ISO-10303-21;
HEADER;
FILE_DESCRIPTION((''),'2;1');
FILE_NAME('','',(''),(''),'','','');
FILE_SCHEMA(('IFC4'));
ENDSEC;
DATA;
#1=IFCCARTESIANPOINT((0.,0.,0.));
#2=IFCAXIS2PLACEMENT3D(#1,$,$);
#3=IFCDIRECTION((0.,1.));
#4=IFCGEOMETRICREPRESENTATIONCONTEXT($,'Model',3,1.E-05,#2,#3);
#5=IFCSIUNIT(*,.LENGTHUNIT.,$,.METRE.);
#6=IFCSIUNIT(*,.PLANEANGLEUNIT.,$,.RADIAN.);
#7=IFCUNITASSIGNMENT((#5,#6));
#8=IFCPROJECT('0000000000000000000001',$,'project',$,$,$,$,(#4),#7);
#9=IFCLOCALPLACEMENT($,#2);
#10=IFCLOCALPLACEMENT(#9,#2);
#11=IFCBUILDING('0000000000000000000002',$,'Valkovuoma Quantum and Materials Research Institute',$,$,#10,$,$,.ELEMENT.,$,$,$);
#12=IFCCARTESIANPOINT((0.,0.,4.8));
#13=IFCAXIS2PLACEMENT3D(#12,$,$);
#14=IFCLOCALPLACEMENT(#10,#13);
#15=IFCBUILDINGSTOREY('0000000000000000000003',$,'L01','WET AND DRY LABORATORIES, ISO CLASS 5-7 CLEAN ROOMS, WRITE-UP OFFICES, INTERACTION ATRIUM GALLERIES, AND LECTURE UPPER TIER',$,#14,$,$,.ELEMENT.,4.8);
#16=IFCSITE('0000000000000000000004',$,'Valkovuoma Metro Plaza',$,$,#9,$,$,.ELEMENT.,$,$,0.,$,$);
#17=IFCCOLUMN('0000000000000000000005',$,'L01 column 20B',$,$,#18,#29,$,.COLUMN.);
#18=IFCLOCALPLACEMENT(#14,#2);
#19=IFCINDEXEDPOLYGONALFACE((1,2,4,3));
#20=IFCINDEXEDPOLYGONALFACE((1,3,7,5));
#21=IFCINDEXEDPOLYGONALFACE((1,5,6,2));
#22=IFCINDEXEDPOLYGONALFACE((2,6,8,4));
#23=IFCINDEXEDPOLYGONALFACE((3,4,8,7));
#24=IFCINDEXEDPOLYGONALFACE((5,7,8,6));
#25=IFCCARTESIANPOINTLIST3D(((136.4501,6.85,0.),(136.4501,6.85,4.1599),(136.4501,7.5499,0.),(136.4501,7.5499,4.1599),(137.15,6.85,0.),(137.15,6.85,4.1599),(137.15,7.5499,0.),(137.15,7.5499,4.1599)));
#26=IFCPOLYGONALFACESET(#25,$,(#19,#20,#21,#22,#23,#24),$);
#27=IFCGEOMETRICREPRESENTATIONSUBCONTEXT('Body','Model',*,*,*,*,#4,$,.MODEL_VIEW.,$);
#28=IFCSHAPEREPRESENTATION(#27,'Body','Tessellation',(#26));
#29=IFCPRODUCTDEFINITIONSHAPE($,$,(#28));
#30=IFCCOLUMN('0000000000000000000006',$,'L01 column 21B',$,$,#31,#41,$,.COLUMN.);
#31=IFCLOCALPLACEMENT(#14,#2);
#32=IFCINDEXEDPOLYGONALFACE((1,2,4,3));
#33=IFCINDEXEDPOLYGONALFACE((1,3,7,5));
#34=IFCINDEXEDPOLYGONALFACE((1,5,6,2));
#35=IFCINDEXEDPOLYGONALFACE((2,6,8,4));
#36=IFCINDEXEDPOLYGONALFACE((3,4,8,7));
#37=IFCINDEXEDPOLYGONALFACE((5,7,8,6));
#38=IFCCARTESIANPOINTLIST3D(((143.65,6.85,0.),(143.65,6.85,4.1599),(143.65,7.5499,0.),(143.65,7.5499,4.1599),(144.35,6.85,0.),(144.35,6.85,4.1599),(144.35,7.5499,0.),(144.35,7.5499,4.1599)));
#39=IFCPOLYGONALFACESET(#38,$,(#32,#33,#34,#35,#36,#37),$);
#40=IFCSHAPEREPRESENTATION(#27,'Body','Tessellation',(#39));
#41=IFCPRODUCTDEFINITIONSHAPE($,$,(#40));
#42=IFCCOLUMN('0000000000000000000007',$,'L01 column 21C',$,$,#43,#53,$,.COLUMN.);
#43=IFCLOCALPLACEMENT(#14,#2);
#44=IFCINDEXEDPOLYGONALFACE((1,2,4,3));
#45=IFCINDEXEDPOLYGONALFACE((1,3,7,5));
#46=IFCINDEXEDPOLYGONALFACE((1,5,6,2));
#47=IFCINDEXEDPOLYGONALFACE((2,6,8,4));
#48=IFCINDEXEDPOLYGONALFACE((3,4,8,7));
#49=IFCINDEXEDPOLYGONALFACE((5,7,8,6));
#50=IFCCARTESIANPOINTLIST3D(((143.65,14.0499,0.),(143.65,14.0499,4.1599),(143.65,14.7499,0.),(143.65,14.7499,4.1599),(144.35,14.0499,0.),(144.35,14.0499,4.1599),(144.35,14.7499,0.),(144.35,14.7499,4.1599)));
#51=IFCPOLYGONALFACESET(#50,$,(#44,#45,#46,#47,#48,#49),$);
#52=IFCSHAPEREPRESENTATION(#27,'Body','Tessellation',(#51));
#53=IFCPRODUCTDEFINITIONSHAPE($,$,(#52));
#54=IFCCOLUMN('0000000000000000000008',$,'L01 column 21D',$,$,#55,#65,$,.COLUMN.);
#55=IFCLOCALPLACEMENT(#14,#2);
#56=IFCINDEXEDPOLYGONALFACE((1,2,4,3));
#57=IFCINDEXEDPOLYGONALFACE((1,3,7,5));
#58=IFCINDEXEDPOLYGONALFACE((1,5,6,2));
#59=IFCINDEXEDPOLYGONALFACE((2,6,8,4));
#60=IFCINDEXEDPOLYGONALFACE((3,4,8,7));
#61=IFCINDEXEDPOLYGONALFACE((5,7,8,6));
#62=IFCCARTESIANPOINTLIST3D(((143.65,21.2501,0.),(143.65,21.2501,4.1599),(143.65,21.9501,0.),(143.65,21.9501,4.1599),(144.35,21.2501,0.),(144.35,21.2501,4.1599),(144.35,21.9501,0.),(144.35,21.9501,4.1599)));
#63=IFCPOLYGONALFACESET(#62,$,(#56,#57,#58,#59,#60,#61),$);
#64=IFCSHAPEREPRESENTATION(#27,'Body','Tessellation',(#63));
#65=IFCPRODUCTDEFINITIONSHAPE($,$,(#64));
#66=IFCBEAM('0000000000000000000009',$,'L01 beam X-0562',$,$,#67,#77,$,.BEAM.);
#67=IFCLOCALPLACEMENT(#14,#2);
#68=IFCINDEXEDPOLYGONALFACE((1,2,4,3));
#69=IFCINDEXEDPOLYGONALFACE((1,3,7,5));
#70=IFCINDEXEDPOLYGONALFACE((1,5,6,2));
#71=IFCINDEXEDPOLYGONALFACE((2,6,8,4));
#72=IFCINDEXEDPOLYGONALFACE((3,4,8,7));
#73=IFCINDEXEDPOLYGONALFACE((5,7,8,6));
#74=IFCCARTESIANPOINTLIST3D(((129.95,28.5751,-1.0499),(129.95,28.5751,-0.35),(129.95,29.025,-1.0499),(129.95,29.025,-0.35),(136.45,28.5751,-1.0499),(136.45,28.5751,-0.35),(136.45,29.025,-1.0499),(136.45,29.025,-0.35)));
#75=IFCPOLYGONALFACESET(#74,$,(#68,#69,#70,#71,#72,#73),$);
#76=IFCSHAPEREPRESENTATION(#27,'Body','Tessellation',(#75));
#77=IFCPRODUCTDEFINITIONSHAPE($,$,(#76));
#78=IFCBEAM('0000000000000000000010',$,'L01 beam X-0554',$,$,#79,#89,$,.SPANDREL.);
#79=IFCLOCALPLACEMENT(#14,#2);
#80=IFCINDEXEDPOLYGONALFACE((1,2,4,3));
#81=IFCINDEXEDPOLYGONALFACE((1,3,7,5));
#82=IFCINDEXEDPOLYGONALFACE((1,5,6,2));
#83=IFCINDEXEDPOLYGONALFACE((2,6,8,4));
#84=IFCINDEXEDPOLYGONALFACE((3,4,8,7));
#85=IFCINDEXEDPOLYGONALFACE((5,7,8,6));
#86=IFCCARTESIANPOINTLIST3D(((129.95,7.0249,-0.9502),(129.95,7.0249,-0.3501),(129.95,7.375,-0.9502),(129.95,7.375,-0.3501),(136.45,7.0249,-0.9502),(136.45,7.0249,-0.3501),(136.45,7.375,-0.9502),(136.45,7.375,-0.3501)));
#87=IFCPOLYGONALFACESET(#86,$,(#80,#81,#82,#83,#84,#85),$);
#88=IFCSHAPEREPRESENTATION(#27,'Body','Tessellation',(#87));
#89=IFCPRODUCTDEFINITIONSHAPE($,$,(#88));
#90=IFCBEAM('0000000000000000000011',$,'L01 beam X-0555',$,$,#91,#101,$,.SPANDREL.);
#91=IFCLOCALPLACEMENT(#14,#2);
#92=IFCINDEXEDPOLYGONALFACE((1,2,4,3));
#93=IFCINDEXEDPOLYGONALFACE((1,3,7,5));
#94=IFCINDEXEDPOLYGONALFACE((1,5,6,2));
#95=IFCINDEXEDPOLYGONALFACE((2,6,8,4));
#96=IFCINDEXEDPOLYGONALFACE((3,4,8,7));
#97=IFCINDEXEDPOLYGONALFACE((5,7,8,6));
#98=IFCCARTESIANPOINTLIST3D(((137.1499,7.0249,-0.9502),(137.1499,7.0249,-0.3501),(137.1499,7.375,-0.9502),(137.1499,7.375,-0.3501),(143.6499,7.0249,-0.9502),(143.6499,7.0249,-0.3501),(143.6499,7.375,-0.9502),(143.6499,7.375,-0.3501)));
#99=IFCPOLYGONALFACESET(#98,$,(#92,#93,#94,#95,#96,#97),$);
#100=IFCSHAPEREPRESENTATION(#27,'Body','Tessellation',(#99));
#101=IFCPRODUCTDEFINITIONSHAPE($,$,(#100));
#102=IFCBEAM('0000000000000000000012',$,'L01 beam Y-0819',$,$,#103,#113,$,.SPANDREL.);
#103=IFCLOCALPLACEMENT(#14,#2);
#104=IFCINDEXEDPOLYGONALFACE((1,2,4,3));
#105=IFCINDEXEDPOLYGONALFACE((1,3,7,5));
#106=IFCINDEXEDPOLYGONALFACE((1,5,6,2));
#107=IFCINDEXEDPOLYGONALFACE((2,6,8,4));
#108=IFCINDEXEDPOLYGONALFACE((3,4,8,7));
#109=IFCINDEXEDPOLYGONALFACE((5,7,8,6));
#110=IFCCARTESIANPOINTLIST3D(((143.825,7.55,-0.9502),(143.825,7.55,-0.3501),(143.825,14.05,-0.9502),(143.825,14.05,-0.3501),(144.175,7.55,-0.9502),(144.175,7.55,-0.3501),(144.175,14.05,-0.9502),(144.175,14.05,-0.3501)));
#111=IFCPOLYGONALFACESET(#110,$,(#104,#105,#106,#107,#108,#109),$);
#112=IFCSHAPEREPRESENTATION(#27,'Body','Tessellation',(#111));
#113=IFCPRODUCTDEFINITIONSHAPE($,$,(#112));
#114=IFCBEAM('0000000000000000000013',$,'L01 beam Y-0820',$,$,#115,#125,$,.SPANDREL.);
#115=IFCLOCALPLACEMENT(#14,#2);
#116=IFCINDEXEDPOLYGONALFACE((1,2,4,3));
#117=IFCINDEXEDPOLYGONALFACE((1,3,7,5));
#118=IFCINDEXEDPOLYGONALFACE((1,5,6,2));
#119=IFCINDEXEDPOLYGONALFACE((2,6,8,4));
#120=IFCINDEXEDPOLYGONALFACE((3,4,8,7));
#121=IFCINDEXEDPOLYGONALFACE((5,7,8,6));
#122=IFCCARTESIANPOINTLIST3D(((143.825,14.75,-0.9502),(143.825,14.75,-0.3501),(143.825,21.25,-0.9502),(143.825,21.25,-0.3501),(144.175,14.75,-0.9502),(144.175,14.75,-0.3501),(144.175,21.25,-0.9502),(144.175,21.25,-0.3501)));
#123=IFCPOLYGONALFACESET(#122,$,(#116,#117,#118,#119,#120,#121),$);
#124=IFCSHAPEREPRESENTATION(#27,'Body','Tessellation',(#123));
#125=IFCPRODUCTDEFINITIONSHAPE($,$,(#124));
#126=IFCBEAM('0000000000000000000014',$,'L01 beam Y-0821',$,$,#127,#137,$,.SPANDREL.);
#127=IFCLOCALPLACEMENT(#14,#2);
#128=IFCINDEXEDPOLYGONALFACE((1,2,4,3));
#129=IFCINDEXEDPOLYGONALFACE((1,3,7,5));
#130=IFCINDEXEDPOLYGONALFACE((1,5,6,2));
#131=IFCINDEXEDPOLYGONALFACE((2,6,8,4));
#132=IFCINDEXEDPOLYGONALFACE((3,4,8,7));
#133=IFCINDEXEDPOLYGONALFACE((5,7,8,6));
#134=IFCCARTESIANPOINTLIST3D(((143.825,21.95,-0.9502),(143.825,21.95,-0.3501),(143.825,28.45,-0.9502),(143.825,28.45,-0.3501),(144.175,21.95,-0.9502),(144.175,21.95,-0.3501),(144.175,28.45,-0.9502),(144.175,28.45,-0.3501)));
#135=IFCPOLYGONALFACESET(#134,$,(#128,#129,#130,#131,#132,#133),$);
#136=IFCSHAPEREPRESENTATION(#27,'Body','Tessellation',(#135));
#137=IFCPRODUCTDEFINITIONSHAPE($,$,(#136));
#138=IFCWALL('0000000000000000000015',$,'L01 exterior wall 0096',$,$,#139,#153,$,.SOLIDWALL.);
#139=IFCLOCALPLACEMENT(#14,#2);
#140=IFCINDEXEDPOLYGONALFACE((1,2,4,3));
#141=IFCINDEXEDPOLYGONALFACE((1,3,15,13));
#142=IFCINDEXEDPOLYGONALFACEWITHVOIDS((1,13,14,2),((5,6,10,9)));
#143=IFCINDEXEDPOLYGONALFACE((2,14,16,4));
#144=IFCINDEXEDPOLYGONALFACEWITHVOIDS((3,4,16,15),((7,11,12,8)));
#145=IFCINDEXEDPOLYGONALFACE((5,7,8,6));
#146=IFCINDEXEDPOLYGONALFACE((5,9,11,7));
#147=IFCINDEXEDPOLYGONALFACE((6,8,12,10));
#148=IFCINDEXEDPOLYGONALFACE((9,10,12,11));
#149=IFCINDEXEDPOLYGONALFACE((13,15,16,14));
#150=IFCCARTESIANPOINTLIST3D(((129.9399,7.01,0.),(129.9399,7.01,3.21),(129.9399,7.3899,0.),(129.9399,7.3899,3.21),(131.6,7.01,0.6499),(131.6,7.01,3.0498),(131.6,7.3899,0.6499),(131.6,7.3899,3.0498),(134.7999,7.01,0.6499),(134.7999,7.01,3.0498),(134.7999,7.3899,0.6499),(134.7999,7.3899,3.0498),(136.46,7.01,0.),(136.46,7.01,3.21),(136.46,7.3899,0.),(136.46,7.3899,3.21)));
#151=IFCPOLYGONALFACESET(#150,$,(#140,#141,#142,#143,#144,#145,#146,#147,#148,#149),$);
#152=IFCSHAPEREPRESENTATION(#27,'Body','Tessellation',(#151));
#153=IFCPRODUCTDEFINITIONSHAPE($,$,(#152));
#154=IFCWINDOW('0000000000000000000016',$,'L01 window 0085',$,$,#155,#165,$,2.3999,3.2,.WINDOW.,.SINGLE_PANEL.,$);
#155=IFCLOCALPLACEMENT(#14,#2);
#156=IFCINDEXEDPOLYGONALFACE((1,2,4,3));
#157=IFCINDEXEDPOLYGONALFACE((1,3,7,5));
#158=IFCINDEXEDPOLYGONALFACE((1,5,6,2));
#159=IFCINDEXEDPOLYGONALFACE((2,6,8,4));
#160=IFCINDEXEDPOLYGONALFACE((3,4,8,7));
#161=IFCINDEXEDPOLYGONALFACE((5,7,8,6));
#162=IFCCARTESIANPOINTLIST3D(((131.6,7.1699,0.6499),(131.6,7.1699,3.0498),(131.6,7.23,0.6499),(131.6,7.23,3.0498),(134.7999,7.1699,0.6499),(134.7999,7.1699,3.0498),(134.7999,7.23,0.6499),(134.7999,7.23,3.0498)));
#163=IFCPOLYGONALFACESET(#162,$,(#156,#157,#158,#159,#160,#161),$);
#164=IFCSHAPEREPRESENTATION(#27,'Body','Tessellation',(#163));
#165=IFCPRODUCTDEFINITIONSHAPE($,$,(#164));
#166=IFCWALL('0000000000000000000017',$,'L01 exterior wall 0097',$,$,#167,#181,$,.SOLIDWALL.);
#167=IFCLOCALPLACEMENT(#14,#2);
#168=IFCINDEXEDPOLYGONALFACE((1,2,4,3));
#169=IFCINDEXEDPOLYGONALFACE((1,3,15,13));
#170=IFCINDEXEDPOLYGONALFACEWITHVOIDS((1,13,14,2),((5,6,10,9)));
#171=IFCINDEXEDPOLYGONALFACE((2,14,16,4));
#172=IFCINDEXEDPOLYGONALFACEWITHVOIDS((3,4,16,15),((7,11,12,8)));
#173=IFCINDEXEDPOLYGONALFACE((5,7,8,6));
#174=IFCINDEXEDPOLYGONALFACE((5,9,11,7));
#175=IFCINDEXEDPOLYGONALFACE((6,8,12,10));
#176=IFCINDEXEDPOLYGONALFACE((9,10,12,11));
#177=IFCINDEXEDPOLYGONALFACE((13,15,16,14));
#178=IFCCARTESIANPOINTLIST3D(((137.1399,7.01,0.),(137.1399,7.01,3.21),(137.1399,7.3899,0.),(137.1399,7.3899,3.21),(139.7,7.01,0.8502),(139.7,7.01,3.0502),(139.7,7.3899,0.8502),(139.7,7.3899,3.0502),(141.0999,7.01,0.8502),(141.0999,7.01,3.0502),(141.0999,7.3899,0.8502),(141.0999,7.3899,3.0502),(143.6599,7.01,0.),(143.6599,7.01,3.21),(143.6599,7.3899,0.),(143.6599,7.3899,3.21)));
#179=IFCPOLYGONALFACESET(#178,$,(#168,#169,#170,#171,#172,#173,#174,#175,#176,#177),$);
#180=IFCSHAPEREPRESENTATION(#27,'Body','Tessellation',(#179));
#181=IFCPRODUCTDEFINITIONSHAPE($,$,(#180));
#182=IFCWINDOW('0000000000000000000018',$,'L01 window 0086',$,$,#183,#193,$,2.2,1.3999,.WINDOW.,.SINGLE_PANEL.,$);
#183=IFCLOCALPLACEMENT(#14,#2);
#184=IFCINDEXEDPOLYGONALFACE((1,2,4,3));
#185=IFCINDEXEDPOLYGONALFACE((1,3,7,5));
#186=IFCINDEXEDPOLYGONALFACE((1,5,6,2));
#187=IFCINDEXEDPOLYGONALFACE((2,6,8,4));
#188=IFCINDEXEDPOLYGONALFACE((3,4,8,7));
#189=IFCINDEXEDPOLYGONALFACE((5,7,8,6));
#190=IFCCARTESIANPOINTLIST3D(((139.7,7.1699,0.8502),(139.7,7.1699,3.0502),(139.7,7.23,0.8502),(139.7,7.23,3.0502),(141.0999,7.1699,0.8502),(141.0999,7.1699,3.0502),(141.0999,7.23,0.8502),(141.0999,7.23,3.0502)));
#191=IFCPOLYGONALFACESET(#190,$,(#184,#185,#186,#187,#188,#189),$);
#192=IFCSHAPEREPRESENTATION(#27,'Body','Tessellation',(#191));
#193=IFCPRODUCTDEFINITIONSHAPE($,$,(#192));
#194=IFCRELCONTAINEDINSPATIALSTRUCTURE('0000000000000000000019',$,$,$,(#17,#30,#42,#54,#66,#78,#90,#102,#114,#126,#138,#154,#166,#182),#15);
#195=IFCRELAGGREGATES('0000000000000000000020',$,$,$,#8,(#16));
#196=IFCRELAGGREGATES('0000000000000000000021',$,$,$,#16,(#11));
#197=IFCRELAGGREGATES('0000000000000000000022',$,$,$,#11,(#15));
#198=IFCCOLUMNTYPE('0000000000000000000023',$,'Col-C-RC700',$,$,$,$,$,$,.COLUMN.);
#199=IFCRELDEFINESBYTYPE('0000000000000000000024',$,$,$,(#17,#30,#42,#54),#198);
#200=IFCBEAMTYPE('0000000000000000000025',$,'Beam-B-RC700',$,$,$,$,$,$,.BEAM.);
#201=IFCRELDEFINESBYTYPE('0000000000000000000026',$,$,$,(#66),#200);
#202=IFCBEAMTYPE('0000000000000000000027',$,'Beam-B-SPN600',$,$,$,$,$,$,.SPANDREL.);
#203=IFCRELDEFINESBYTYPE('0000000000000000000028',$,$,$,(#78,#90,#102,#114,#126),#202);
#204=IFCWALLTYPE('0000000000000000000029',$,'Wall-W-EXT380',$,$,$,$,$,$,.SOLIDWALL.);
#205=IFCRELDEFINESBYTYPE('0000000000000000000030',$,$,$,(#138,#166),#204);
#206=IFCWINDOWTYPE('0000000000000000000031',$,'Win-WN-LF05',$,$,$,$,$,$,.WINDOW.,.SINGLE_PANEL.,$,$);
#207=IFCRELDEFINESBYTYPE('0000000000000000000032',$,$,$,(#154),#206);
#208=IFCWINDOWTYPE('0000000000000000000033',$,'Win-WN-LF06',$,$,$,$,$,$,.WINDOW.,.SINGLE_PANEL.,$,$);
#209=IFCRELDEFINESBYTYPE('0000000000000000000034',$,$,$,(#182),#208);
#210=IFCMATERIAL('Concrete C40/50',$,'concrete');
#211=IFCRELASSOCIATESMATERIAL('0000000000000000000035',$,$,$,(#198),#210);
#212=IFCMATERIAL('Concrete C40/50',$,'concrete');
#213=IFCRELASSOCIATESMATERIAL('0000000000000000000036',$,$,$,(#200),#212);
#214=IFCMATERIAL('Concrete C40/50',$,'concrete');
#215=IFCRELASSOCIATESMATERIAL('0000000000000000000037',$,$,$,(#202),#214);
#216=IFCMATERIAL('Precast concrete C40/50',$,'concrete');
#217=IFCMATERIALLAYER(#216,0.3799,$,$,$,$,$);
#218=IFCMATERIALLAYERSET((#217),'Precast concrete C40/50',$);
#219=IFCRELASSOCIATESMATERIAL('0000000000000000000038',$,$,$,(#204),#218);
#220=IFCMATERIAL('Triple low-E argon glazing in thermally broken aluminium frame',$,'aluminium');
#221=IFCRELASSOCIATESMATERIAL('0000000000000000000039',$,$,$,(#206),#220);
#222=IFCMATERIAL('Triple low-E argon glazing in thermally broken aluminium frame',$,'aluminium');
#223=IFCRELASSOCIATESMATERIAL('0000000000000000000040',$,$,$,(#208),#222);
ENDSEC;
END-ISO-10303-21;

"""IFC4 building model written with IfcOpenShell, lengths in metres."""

from ifc_helpers import new_model, si_unit, direction, frame, frame_2d, origin, origin_2d, place, context, subcontext, project, spatial, rectangle, extrude, material, layer, layer_set, material_profile, profile_set, type_object, element, fill, save


model = new_model("IFC4")

# Units and contexts
model_context = context("Model", 3, precision=1e-05, world=origin(), true_north=direction((0.0, 1.0)))
body_context = subcontext(model_context, "Body", "Model", "MODEL_VIEW")
ifc_project = project(units=[si_unit("LENGTHUNIT", "METRE"), si_unit("PLANEANGLEUNIT", "RADIAN")], contexts=[model_context])

# Site, building, storey
site_placement = place(None, origin())
site = spatial("IfcSite", under=ifc_project, at=site_placement, Name="Valkovuoma Metro Plaza", CompositionType="ELEMENT", RefElevation=0.0)
building_placement = place(site_placement, origin())
building = spatial("IfcBuilding", under=site, at=building_placement, Name="Valkovuoma Quantum and Materials Research Institute", CompositionType="ELEMENT")
storey_placement = place(building_placement, frame((0.0, 0.0, 4.8)))
storey = spatial("IfcBuildingStorey", under=building, at=storey_placement, Name="L01", Description="WET AND DRY LABORATORIES, ISO CLASS 5-7 CLEAN ROOMS, WRITE-UP OFFICES, INTERACTION ATRIUM GALLERIES, AND LECTURE UPPER TIER", CompositionType="ELEMENT", Elevation=4.8)

# Columns
ifc_material_1 = material(Name="Concrete C40/50", Category="concrete")
ifc_material_profile_1 = material_profile(ifc_material_1, rectangle(XDim=0.7, YDim=0.7, at=origin_2d()), Name="Concrete C40/50")
ifc_profile_set_1 = profile_set([ifc_material_profile_1], Name="Concrete C40/50")
column_type = type_object("IfcColumnType", Name="Col-C-RC700", PredefinedType="COLUMN", material=ifc_profile_set_1)
for number, where, z_axis, x_axis, name in (
    (1, (136.8, 7.2, 0.0), (0.0, 0.0, 1.0), (1.0, 0.0, 0.0), "L01 column 20B"),
    (2, (144.0, 7.2, 0.0), (0.0, 0.0, 1.0), (1.0, 0.0, 0.0), "L01 column 21B"),
    (3, (144.0, 14.3999, 0.0), (0.0, 0.0, 1.0), (1.0, 0.0, 0.0), "L01 column 21C"),
    (4, (144.0, 21.6001, 0.0), (0.0, 0.0, 1.0), (1.0, 0.0, 0.0), "L01 column 21D"),
):
    element("IfcColumn", number, at=place(storey_placement, frame(where, z_axis=z_axis, x_axis=x_axis)), inside=storey, type_object=column_type, Name=name, PredefinedType="COLUMN", context=body_context, shape_type="SweptSolid", body=[
        extrude(rectangle(XDim=0.7, YDim=0.7, at=origin_2d()), origin(), (0.0, 0.0, 1.0), 4.1599),
    ])

# Beams
ifc_material_2 = material(Name="Concrete C40/50", Category="concrete")
ifc_material_profile_2 = material_profile(ifc_material_2, rectangle(XDim=0.45, YDim=0.7, at=origin_2d()), Name="Concrete C40/50")
ifc_profile_set_2 = profile_set([ifc_material_profile_2], Name="Concrete C40/50")
beam_type_1 = type_object("IfcBeamType", Name="Beam-B-RC700", PredefinedType="BEAM", material=ifc_profile_set_2)
beam_placement = place(storey_placement, frame((129.95, 28.8, -0.7), z_axis=(1.0, 0.0, 0.0), x_axis=(0.0, 1.0, 0.0)))
element("IfcBeam", 5, at=beam_placement, inside=storey, type_object=beam_type_1, Name="L01 beam X-0562", PredefinedType="BEAM", context=body_context, shape_type="SweptSolid", body=[
    extrude(rectangle(XDim=0.45, YDim=0.7, at=origin_2d()), origin(), (0.0, 0.0, 1.0), 6.5),
])
ifc_material_3 = material(Name="Concrete C40/50", Category="concrete")
ifc_material_profile_3 = material_profile(ifc_material_3, rectangle(XDim=0.3501, YDim=0.6001, at=origin_2d()), Name="Concrete C40/50")
ifc_profile_set_3 = profile_set([ifc_material_profile_3], Name="Concrete C40/50")
beam_type_2 = type_object("IfcBeamType", Name="Beam-B-SPN600", PredefinedType="SPANDREL", material=ifc_profile_set_3)
for number, where, z_axis, x_axis, name in (
    (6, (129.95, 7.2, -0.6501), (1.0, 0.0, 0.0), (0.0, 1.0, 0.0), "L01 beam X-0554"),
    (7, (137.1499, 7.2, -0.6501), (1.0, 0.0, 0.0), (0.0, 1.0, 0.0), "L01 beam X-0555"),
    (8, (144.0, 7.55, -0.6501), (0.0, 1.0, 0.0), (-1.0, 0.0, 0.0), "L01 beam Y-0819"),
    (9, (144.0, 14.75, -0.6501), (0.0, 1.0, 0.0), (-1.0, 0.0, 0.0), "L01 beam Y-0820"),
    (10, (144.0, 21.95, -0.6501), (0.0, 1.0, 0.0), (-1.0, 0.0, 0.0), "L01 beam Y-0821"),
):
    element("IfcBeam", number, at=place(storey_placement, frame(where, z_axis=z_axis, x_axis=x_axis)), inside=storey, type_object=beam_type_2, Name=name, PredefinedType="SPANDREL", context=body_context, shape_type="SweptSolid", body=[
        extrude(rectangle(XDim=0.3501, YDim=0.6001, at=origin_2d()), origin(), (0.0, 0.0, 1.0), 6.5),
    ])

# Walls, openings, windows
ifc_material_4 = material(Name="Precast concrete C40/50", Category="concrete")
ifc_layer_1 = layer(ifc_material_4, 0.3799)
ifc_layer_set_1 = layer_set([ifc_layer_1], Name="Precast concrete C40/50")
wall_type_1 = type_object("IfcWallType", Name="Wall-W-EXT380", PredefinedType="SOLIDWALL", material=ifc_layer_set_1)
wall_1_placement = place(storey_placement, frame((129.9399, 7.2, 0.0), z_axis=(0.0, 0.0, 1.0), x_axis=(1.0, 0.0, 0.0)))
wall_1 = element("IfcWall", 11, at=wall_1_placement, inside=storey, type_object=wall_type_1, Name="L01 exterior wall 0096", PredefinedType="SOLIDWALL", context=body_context, shape_type="SweptSolid", body=[
    extrude(rectangle(XDim=6.52, YDim=0.3799, at=frame_2d((3.26, 0.0))), origin(), (0.0, 0.0, 1.0), 3.21),
])
opening_1_placement = place(wall_1_placement, frame((1.6599, 0.0, 0.6499)))
opening_1 = element("IfcOpeningElement", 12, at=opening_1_placement, cuts=wall_1, PredefinedType="OPENING", context=body_context, shape_type="SweptSolid", body=[
    extrude(rectangle(XDim=3.2, YDim=2.3999, at=frame_2d((1.6001, 1.2))), frame((0.0, 0.2, 0.0), z_axis=(0.0, -1.0, 0.0), x_axis=(1.0, 0.0, 0.0)), (0.0, 0.0, 1.0), 0.3999),
])
ifc_material_5 = material(Name="Triple low-E argon glazing in thermally broken aluminium frame", Category="aluminium")
window_type_1 = type_object("IfcWindowType", Name="Win-WN-LF05", PartitioningType="SINGLE_PANEL", PredefinedType="WINDOW", material=ifc_material_5)
window_1_placement = place(opening_1_placement, origin())
window_1 = element("IfcWindow", 13, at=window_1_placement, inside=storey, type_object=window_type_1, Name="L01 window 0085", OverallHeight=2.3999, OverallWidth=3.2, PartitioningType="SINGLE_PANEL", PredefinedType="WINDOW", context=body_context, shape_type="SweptSolid", body=[
    extrude(rectangle(XDim=3.2, YDim=2.3999, at=frame_2d((1.6001, 1.2))), frame((0.0, 0.03, 0.0), z_axis=(0.0, -1.0, 0.0), x_axis=(1.0, 0.0, 0.0)), (0.0, 0.0, 1.0), 0.0601),
])
fill(opening_1, window_1)
wall_2_placement = place(storey_placement, frame((137.1399, 7.2, 0.0), z_axis=(0.0, 0.0, 1.0), x_axis=(1.0, 0.0, 0.0)))
wall_2 = element("IfcWall", 14, at=wall_2_placement, inside=storey, type_object=wall_type_1, Name="L01 exterior wall 0097", PredefinedType="SOLIDWALL", context=body_context, shape_type="SweptSolid", body=[
    extrude(rectangle(XDim=6.52, YDim=0.3799, at=frame_2d((3.26, 0.0))), origin(), (0.0, 0.0, 1.0), 3.21),
])
opening_2_placement = place(wall_2_placement, frame((2.5601, 0.0, 0.8501)))
opening_2 = element("IfcOpeningElement", 15, at=opening_2_placement, cuts=wall_2, PredefinedType="OPENING", context=body_context, shape_type="SweptSolid", body=[
    extrude(rectangle(XDim=1.3999, YDim=2.2, at=frame_2d((0.7, 1.1001))), frame((0.0, 0.2, 0.0), z_axis=(0.0, -1.0, 0.0), x_axis=(1.0, 0.0, 0.0)), (0.0, 0.0, 1.0), 0.3999),
])
ifc_material_6 = material(Name="Triple low-E argon glazing in thermally broken aluminium frame", Category="aluminium")
window_type_2 = type_object("IfcWindowType", Name="Win-WN-LF06", PartitioningType="SINGLE_PANEL", PredefinedType="WINDOW", material=ifc_material_6)
window_2_placement = place(opening_2_placement, origin())
window_2 = element("IfcWindow", 16, at=window_2_placement, inside=storey, type_object=window_type_2, Name="L01 window 0086", OverallHeight=2.2, OverallWidth=1.3999, PartitioningType="SINGLE_PANEL", PredefinedType="WINDOW", context=body_context, shape_type="SweptSolid", body=[
    extrude(rectangle(XDim=1.3999, YDim=2.2, at=frame_2d((0.7, 1.1001))), frame((0.0, 0.03, 0.0), z_axis=(0.0, -1.0, 0.0), x_axis=(1.0, 0.0, 0.0)), (0.0, 0.0, 1.0), 0.0601),
])
fill(opening_2, window_2)

save(model, "model.ifc")
